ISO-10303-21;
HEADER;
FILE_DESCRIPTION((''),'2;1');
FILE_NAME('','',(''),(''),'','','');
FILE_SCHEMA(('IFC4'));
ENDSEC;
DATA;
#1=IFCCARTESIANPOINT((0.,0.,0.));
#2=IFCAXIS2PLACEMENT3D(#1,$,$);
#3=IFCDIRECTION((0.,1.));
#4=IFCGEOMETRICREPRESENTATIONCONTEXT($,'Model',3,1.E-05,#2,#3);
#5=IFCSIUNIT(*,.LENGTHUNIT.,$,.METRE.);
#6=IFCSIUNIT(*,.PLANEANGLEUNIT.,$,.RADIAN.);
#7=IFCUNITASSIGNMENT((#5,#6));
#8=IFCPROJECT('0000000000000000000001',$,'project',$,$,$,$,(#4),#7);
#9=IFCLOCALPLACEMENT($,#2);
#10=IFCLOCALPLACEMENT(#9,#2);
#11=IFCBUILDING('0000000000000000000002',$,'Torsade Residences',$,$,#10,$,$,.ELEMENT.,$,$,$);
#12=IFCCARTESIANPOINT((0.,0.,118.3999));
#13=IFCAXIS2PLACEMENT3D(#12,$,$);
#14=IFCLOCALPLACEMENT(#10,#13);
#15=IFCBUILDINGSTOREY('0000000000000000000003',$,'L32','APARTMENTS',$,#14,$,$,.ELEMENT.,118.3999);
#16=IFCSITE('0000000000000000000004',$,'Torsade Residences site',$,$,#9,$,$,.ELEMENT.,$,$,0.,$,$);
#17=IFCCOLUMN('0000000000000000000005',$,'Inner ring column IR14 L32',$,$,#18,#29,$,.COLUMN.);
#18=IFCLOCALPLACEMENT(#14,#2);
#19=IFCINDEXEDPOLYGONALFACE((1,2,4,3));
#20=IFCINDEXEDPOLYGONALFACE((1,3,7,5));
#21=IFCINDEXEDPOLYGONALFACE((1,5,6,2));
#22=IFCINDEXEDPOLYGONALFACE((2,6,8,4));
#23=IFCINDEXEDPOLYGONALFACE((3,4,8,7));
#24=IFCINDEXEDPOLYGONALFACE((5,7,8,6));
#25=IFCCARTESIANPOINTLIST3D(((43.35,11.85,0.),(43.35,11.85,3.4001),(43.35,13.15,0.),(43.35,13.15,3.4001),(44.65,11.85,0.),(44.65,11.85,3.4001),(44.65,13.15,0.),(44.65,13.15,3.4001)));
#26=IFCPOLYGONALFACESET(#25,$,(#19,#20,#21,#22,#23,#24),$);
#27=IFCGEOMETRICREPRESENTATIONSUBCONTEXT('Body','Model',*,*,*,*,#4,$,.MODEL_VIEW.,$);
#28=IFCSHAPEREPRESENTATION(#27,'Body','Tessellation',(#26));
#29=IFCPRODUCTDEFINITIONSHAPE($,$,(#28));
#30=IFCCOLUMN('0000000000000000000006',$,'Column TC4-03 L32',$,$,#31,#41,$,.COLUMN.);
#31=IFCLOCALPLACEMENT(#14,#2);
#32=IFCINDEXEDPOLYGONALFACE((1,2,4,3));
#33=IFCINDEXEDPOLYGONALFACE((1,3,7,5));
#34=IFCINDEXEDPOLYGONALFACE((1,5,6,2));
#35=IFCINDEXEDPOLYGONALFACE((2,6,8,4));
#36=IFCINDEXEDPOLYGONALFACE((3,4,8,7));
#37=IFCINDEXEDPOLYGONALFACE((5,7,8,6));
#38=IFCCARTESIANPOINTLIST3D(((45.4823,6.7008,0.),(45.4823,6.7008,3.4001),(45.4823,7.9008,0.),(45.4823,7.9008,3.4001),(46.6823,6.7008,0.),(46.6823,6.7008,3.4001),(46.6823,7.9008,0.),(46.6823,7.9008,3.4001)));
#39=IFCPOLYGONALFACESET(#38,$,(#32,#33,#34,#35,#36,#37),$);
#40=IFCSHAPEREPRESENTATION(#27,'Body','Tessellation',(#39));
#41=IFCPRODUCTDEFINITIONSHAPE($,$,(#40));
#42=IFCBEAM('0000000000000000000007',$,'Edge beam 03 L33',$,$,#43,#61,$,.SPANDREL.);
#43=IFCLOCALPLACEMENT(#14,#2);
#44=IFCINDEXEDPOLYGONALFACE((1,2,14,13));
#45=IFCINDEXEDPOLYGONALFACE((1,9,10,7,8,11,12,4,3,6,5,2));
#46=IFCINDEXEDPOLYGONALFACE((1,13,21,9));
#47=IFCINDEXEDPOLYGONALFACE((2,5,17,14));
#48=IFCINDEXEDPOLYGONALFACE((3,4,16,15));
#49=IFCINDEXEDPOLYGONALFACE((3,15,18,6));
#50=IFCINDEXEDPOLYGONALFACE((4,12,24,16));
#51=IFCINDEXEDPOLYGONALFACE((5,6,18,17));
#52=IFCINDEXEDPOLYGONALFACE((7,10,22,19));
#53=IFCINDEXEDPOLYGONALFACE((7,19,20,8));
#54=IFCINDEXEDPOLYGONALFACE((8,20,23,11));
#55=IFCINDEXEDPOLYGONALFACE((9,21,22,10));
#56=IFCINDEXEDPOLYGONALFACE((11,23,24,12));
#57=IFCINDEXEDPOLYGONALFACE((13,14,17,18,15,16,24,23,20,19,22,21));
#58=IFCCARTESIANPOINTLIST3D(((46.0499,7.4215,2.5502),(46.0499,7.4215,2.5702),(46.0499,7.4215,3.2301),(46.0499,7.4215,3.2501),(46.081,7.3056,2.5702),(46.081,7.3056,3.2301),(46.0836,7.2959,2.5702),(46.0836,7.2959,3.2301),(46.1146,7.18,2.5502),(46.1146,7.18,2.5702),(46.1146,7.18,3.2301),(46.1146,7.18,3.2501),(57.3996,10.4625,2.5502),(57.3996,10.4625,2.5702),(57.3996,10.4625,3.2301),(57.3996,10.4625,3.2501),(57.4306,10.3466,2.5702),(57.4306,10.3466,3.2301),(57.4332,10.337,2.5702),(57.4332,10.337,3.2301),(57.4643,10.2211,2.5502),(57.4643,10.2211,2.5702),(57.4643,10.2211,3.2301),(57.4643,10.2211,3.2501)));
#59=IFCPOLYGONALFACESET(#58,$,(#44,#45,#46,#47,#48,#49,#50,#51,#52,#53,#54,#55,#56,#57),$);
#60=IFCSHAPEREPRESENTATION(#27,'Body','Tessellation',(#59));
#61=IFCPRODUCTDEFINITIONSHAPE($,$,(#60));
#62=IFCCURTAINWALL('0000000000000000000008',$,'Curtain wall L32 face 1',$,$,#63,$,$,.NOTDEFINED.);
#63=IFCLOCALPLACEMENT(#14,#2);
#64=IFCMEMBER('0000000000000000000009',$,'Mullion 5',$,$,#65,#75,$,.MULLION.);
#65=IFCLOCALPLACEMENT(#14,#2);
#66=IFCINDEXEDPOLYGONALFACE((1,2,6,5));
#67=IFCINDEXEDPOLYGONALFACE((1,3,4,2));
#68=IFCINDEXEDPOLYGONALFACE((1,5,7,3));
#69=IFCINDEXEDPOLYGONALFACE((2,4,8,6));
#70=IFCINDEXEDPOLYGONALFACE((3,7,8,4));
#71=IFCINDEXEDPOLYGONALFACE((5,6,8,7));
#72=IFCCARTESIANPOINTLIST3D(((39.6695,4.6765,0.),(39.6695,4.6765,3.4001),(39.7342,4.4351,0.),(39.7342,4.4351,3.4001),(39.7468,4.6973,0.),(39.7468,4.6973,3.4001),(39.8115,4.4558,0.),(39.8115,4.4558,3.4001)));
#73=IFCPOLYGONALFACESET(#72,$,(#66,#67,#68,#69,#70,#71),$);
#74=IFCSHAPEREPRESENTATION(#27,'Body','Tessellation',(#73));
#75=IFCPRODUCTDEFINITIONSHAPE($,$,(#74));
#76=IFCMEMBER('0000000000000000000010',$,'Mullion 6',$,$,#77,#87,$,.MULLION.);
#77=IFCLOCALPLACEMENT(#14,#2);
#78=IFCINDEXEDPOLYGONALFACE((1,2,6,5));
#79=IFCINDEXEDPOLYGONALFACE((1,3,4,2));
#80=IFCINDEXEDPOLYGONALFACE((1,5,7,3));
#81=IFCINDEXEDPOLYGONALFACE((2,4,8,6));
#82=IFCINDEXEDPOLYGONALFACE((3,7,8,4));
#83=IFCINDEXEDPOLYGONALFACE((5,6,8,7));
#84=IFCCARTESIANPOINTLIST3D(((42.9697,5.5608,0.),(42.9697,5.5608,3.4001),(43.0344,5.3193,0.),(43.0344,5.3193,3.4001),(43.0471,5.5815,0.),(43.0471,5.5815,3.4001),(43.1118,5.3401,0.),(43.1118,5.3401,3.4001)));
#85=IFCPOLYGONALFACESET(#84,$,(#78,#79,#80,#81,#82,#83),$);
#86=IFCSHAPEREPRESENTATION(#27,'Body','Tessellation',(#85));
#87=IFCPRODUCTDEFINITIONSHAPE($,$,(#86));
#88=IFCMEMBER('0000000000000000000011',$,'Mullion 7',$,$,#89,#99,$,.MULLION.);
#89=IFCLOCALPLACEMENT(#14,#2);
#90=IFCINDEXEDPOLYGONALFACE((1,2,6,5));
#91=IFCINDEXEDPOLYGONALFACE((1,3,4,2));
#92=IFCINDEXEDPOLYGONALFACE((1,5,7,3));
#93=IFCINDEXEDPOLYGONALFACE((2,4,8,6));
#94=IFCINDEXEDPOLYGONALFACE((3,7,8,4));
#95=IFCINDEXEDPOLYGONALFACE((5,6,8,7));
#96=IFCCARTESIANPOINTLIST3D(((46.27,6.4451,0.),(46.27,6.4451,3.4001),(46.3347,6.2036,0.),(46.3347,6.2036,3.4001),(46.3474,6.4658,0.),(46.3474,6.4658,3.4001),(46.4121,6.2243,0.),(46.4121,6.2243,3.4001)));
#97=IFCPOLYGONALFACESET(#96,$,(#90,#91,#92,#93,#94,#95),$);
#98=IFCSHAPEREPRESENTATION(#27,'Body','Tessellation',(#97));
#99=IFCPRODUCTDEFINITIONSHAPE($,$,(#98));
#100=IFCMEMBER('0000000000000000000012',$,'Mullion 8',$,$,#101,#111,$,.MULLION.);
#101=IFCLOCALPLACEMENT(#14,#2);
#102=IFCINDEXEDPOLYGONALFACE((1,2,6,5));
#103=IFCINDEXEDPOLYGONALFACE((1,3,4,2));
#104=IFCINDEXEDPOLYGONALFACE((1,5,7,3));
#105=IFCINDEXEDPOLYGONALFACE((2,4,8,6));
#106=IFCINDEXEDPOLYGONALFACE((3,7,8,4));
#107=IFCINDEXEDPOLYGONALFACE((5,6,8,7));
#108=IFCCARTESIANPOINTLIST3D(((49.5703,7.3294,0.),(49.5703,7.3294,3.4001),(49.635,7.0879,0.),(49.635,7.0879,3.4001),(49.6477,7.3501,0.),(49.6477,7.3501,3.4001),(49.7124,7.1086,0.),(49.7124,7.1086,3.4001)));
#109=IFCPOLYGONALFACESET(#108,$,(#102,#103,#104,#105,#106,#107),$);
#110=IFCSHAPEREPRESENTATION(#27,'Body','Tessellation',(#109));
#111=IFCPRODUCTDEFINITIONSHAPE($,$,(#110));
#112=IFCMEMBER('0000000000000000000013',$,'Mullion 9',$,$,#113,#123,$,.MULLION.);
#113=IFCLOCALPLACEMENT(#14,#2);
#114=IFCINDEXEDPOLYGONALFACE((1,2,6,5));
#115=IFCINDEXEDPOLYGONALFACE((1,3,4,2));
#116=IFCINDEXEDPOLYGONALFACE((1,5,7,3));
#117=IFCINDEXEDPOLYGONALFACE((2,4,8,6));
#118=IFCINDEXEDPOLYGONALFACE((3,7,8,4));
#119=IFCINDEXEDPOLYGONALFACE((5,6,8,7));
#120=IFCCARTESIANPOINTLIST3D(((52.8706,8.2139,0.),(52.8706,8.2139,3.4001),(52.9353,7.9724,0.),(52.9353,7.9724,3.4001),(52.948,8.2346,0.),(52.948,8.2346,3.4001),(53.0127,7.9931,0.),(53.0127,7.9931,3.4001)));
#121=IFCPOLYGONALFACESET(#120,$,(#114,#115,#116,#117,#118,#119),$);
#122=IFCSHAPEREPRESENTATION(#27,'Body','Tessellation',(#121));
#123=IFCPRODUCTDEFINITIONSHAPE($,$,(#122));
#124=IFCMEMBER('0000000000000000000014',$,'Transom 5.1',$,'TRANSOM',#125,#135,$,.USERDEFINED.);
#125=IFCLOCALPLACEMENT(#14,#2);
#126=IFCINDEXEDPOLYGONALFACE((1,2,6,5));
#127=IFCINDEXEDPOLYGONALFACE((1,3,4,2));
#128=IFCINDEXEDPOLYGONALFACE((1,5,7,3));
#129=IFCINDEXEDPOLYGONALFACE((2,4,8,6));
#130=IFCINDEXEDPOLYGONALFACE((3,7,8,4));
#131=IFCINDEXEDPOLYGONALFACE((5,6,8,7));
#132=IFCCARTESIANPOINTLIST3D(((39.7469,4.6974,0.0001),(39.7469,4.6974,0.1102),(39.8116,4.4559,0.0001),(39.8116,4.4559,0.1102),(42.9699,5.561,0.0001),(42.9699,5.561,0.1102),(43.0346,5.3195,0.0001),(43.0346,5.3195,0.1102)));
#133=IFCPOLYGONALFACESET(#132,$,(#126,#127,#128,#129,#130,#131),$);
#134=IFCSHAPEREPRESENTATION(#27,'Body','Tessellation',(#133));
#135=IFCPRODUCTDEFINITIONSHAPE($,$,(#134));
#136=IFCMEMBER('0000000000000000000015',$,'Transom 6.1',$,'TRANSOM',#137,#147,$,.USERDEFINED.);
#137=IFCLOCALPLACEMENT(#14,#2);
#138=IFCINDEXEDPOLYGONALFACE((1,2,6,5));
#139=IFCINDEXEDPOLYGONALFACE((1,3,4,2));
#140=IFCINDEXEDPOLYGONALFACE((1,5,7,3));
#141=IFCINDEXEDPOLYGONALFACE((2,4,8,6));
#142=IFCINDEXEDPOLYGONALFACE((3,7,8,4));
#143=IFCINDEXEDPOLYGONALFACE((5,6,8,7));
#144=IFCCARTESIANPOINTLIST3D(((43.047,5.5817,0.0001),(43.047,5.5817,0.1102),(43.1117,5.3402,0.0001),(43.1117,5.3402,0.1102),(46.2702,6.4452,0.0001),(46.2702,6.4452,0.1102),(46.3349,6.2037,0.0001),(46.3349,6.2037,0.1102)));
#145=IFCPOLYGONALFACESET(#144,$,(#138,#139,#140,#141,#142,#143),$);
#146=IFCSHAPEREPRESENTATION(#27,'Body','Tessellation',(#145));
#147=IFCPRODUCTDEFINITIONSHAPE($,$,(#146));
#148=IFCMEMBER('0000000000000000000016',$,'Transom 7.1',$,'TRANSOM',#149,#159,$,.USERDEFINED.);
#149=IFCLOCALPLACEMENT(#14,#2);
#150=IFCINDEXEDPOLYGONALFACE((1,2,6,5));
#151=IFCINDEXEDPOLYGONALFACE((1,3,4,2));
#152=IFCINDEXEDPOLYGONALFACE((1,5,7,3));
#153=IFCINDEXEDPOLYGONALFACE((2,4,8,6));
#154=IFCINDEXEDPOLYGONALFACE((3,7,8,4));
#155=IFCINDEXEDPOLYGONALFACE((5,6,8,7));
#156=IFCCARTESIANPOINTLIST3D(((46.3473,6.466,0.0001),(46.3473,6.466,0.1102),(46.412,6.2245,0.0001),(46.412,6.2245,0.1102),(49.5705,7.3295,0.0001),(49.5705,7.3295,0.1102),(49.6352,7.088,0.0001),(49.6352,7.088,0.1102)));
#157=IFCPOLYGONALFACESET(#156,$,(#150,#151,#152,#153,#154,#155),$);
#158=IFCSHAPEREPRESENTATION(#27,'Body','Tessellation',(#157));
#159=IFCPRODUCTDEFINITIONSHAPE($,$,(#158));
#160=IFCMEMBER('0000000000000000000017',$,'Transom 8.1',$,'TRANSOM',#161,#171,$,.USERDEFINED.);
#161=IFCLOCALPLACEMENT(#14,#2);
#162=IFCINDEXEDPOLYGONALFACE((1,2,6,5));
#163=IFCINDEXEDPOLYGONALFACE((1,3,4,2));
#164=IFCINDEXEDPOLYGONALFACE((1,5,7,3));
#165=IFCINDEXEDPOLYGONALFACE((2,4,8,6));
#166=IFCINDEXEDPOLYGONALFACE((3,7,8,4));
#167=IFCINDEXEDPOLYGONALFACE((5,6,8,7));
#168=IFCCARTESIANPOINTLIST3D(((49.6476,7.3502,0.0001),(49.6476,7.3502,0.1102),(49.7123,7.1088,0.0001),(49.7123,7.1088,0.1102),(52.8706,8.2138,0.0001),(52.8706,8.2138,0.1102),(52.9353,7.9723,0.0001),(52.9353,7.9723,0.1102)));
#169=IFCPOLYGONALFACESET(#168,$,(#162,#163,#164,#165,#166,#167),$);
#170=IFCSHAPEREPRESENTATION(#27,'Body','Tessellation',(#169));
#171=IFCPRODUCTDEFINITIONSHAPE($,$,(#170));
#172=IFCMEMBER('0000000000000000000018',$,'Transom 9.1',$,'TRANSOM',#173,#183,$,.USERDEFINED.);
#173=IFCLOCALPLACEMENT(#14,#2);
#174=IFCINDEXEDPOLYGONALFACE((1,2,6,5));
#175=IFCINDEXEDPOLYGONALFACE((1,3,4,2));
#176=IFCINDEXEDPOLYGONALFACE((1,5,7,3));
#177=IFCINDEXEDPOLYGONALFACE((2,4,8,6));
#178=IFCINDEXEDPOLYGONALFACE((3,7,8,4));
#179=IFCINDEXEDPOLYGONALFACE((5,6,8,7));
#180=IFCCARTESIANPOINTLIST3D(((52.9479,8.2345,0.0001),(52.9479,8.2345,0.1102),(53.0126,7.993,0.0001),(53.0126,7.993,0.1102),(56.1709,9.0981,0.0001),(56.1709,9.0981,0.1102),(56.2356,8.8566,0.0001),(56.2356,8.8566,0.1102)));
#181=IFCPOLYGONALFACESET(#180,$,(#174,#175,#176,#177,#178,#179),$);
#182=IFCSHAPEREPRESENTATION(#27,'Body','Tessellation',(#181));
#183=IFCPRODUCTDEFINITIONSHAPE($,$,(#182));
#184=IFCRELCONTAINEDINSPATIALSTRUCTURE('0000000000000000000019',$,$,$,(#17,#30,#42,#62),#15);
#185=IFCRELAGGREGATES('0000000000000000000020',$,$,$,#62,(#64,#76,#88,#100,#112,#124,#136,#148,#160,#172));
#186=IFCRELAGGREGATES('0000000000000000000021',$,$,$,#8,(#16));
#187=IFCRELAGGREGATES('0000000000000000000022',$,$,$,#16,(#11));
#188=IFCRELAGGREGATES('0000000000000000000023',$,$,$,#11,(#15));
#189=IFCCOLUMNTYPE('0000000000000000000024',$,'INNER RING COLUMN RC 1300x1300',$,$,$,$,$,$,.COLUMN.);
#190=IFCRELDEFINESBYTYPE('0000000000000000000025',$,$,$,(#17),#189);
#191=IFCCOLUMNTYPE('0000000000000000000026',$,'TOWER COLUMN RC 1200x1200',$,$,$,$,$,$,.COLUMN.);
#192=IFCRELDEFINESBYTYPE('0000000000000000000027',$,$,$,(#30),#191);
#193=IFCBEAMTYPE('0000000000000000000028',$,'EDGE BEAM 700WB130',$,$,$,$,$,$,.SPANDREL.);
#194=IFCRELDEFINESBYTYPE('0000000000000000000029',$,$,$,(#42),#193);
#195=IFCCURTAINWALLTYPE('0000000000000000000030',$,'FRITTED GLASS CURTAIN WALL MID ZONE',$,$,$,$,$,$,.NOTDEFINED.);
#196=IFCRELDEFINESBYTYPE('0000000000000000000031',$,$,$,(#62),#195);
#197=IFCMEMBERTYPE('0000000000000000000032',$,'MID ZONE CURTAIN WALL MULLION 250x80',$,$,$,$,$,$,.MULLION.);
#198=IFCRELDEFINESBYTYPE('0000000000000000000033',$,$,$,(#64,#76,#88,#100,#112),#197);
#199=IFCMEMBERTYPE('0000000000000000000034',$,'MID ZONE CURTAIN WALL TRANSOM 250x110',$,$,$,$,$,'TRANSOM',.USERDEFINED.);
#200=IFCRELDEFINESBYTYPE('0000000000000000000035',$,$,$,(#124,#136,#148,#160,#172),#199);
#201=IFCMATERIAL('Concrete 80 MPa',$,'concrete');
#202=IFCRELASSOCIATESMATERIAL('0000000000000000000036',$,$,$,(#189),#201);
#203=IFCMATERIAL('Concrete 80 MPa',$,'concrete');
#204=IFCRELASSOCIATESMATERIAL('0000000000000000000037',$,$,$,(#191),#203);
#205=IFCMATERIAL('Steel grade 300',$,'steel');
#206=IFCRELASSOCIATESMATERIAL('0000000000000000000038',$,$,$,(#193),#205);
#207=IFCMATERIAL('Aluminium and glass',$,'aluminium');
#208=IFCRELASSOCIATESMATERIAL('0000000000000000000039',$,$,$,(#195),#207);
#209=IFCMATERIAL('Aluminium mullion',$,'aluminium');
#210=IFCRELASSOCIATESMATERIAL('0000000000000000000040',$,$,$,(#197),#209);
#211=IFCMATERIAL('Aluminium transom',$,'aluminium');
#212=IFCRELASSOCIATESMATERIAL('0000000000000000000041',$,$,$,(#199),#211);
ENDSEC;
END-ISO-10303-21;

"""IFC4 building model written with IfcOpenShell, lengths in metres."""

from ifc_helpers import new_model, si_unit, direction, frame, origin, origin_2d, place, context, subcontext, project, spatial, rectangle, i_section, extrude, material, material_profile, profile_set, type_object, element, aggregate, save


model = new_model("IFC4")

# Units and contexts
model_context = context("Model", 3, precision=1e-05, world=origin(), true_north=direction((0.0, 1.0)))
body_context = subcontext(model_context, "Body", "Model", "MODEL_VIEW")
ifc_project = project(units=[si_unit("LENGTHUNIT", "METRE"), si_unit("PLANEANGLEUNIT", "RADIAN")], contexts=[model_context])

# Site, building, storey
site_placement = place(None, origin())
site = spatial("IfcSite", under=ifc_project, at=site_placement, Name="Torsade Residences site", CompositionType="ELEMENT", RefElevation=0.0)
building_placement = place(site_placement, origin())
building = spatial("IfcBuilding", under=site, at=building_placement, Name="Torsade Residences", CompositionType="ELEMENT")
storey_placement = place(building_placement, frame((0.0, 0.0, 118.3999)))
storey = spatial("IfcBuildingStorey", under=building, at=storey_placement, Name="L32", Description="APARTMENTS", CompositionType="ELEMENT", Elevation=118.3999)

# Columns
ifc_material_1 = material(Name="Concrete 80 MPa", Category="concrete")
ifc_material_profile_1 = material_profile(ifc_material_1, rectangle(XDim=1.3, YDim=1.3, at=origin_2d()), Name="RC 1300x1300")
ifc_profile_set_1 = profile_set([ifc_material_profile_1], Name="Concrete 80 MPa")
column_type_1 = type_object("IfcColumnType", Name="INNER RING COLUMN RC 1300x1300", PredefinedType="COLUMN", material=ifc_profile_set_1)
column_1_placement = place(storey_placement, frame((44.0, 12.5, 0.0), z_axis=(0.0, 0.0, 1.0), x_axis=(1.0, 0.0, 0.0)))
element("IfcColumn", 1, at=column_1_placement, inside=storey, type_object=column_type_1, Name="Inner ring column IR14 L32", PredefinedType="COLUMN", context=body_context, shape_type="SweptSolid", body=[
    extrude(rectangle(XDim=1.3, YDim=1.3, at=origin_2d()), origin(), (0.0, 0.0, 1.0), 3.4001),
])
ifc_material_2 = material(Name="Concrete 80 MPa", Category="concrete")
ifc_material_profile_2 = material_profile(ifc_material_2, rectangle(XDim=1.2, YDim=1.2, at=origin_2d()), Name="RC 1200x1200")
ifc_profile_set_2 = profile_set([ifc_material_profile_2], Name="Concrete 80 MPa")
column_type_2 = type_object("IfcColumnType", Name="TOWER COLUMN RC 1200x1200", PredefinedType="COLUMN", material=ifc_profile_set_2)
column_2_placement = place(storey_placement, frame((46.0823, 7.3008, 0.0), z_axis=(0.0, 0.0, 1.0), x_axis=(1.0, 0.0, 0.0)))
element("IfcColumn", 2, at=column_2_placement, inside=storey, type_object=column_type_2, Name="Column TC4-03 L32", PredefinedType="COLUMN", context=body_context, shape_type="SweptSolid", body=[
    extrude(rectangle(XDim=1.2, YDim=1.2, at=origin_2d()), origin(), (0.0, 0.0, 1.0), 3.4001),
])

# Beam
ifc_material_3 = material(Name="Steel grade 300", Category="steel")
ifc_material_profile_3 = material_profile(ifc_material_3, i_section(OverallWidth=0.25, OverallDepth=0.7, WebThickness=0.01, FlangeThickness=0.02, at=origin_2d()), Name="700WB130")
ifc_profile_set_3 = profile_set([ifc_material_profile_3], Name="Steel grade 300")
beam_type_1 = type_object("IfcBeamType", Name="EDGE BEAM 700WB130", PredefinedType="SPANDREL", material=ifc_profile_set_3)
beam_1_placement = place(storey_placement, frame((46.0823, 7.3008, 2.9001), z_axis=(0.965928, 0.258811, 0.0), x_axis=(-0.258811, 0.965928, 0.0)))
element("IfcBeam", 3, at=beam_1_placement, inside=storey, type_object=beam_type_1, Name="Edge beam 03 L33", PredefinedType="SPANDREL", context=body_context, shape_type="SweptSolid", body=[
    extrude(i_section(OverallWidth=0.25, OverallDepth=0.7, WebThickness=0.01, FlangeThickness=0.02, at=origin_2d()), origin(), (0.0, 0.0, 1.0), 11.75),
])

# Curtain wall, members
ifc_material_4 = material(Name="Aluminium and glass", Category="aluminium")
curtain_wall_type = type_object("IfcCurtainWallType", Name="FRITTED GLASS CURTAIN WALL MID ZONE", PredefinedType="NOTDEFINED", material=ifc_material_4)
curtain_wall_placement = place(storey_placement, origin())
curtain_wall = element("IfcCurtainWall", 4, at=curtain_wall_placement, inside=storey, type_object=curtain_wall_type, Name="Curtain wall L32 face 1", PredefinedType="NOTDEFINED")
ifc_material_5 = material(Name="Aluminium mullion", Category="aluminium")
ifc_material_profile_4 = material_profile(ifc_material_5, rectangle(XDim=0.25, YDim=0.0801, at=origin_2d()), Name="MID ZONE CURTAIN WALL MULLION 250x80")
ifc_profile_set_4 = profile_set([ifc_material_profile_4], Name="Aluminium mullion")
member_type_1 = type_object("IfcMemberType", Name="MID ZONE CURTAIN WALL MULLION 250x80", PredefinedType="MULLION", material=ifc_profile_set_4)
member_1_placement = place(storey_placement, frame((39.7405, 4.5662, 0.0), z_axis=(0.0, 0.0, 1.0), x_axis=(-0.258819, 0.965926, 0.0)))
member_1 = element("IfcMember", 5, at=member_1_placement, type_object=member_type_1, Name="Mullion 5", PredefinedType="MULLION", context=body_context, shape_type="SweptSolid", body=[
    extrude(rectangle(XDim=0.25, YDim=0.0801, at=origin_2d()), origin(), (0.0, 0.0, 1.0), 3.4001),
])
member_2_placement = place(storey_placement, frame((43.0408, 5.4504, 0.0), z_axis=(0.0, 0.0, 1.0), x_axis=(-0.258819, 0.965926, 0.0)))
member_2 = element("IfcMember", 6, at=member_2_placement, type_object=member_type_1, Name="Mullion 6", PredefinedType="MULLION", context=body_context, shape_type="SweptSolid", body=[
    extrude(rectangle(XDim=0.25, YDim=0.0801, at=origin_2d()), origin(), (0.0, 0.0, 1.0), 3.4001),
])
member_3_placement = place(storey_placement, frame((46.3411, 6.3347, 0.0), z_axis=(0.0, 0.0, 1.0), x_axis=(-0.258819, 0.965926, 0.0)))
member_3 = element("IfcMember", 7, at=member_3_placement, type_object=member_type_1, Name="Mullion 7", PredefinedType="MULLION", context=body_context, shape_type="SweptSolid", body=[
    extrude(rectangle(XDim=0.25, YDim=0.0801, at=origin_2d()), origin(), (0.0, 0.0, 1.0), 3.4001),
])
member_4_placement = place(storey_placement, frame((49.6414, 7.219, 0.0), z_axis=(0.0, 0.0, 1.0), x_axis=(-0.258819, 0.965926, 0.0)))
member_4 = element("IfcMember", 8, at=member_4_placement, type_object=member_type_1, Name="Mullion 8", PredefinedType="MULLION", context=body_context, shape_type="SweptSolid", body=[
    extrude(rectangle(XDim=0.25, YDim=0.0801, at=origin_2d()), origin(), (0.0, 0.0, 1.0), 3.4001),
])
member_5_placement = place(storey_placement, frame((52.9417, 8.1035, 0.0), z_axis=(0.0, 0.0, 1.0), x_axis=(-0.258819, 0.965926, 0.0)))
member_5 = element("IfcMember", 9, at=member_5_placement, type_object=member_type_1, Name="Mullion 9", PredefinedType="MULLION", context=body_context, shape_type="SweptSolid", body=[
    extrude(rectangle(XDim=0.25, YDim=0.0801, at=origin_2d()), origin(), (0.0, 0.0, 1.0), 3.4001),
])
ifc_material_6 = material(Name="Aluminium transom", Category="aluminium")
ifc_material_profile_5 = material_profile(ifc_material_6, rectangle(XDim=0.25, YDim=0.1101, at=origin_2d()), Name="MID ZONE CURTAIN WALL TRANSOM 250x110")
ifc_profile_set_5 = profile_set([ifc_material_profile_5], Name="Aluminium transom")
member_type_2 = type_object("IfcMemberType", Name="MID ZONE CURTAIN WALL TRANSOM 250x110", ElementType="TRANSOM", PredefinedType="USERDEFINED", material=ifc_profile_set_5)
member_6_placement = place(storey_placement, frame((39.7793, 4.5767, 0.0552), z_axis=(0.965929, 0.258806, 0.0), x_axis=(-0.258806, 0.965929, 0.0)))
member_6 = element("IfcMember", 10, at=member_6_placement, type_object=member_type_2, Name="Transom 5.1", ObjectType="TRANSOM", PredefinedType="USERDEFINED", context=body_context, shape_type="SweptSolid", body=[
    extrude(rectangle(XDim=0.25, YDim=0.1101, at=origin_2d()), origin(), (0.0, 0.0, 1.0), 3.3367),
])
member_7_placement = place(storey_placement, frame((43.0793, 5.4609, 0.0552), z_axis=(0.965934, 0.258787, 0.0), x_axis=(-0.258787, 0.965934, 0.0)))
member_7 = element("IfcMember", 11, at=member_7_placement, type_object=member_type_2, Name="Transom 6.1", ObjectType="TRANSOM", PredefinedType="USERDEFINED", context=body_context, shape_type="SweptSolid", body=[
    extrude(rectangle(XDim=0.25, YDim=0.1101, at=origin_2d()), origin(), (0.0, 0.0, 1.0), 3.3369),
])
member_8_placement = place(storey_placement, frame((46.3796, 6.3452, 0.0552), z_axis=(0.965934, 0.258787, 0.0), x_axis=(-0.258787, 0.965934, 0.0)))
member_8 = element("IfcMember", 12, at=member_8_placement, type_object=member_type_2, Name="Transom 7.1", ObjectType="TRANSOM", PredefinedType="USERDEFINED", context=body_context, shape_type="SweptSolid", body=[
    extrude(rectangle(XDim=0.25, YDim=0.1101, at=origin_2d()), origin(), (0.0, 0.0, 1.0), 3.3369),
])
member_9_placement = place(storey_placement, frame((49.6799, 7.2295, 0.0552), z_axis=(0.965929, 0.258806, 0.0), x_axis=(-0.258806, 0.965929, 0.0)))
member_9 = element("IfcMember", 13, at=member_9_placement, type_object=member_type_2, Name="Transom 8.1", ObjectType="TRANSOM", PredefinedType="USERDEFINED", context=body_context, shape_type="SweptSolid", body=[
    extrude(rectangle(XDim=0.25, YDim=0.1101, at=origin_2d()), origin(), (0.0, 0.0, 1.0), 3.3367),
])
member_10_placement = place(storey_placement, frame((52.9802, 8.1138, 0.0552), z_axis=(0.965929, 0.258806, 0.0), x_axis=(-0.258806, 0.965929, 0.0)))
member_10 = element("IfcMember", 14, at=member_10_placement, type_object=member_type_2, Name="Transom 9.1", ObjectType="TRANSOM", PredefinedType="USERDEFINED", context=body_context, shape_type="SweptSolid", body=[
    extrude(rectangle(XDim=0.25, YDim=0.1101, at=origin_2d()), origin(), (0.0, 0.0, 1.0), 3.3367),
])

aggregate(curtain_wall, [member_1, member_2, member_3, member_4, member_5, member_6, member_7, member_8, member_9, member_10])

save(model, "model.ifc")
